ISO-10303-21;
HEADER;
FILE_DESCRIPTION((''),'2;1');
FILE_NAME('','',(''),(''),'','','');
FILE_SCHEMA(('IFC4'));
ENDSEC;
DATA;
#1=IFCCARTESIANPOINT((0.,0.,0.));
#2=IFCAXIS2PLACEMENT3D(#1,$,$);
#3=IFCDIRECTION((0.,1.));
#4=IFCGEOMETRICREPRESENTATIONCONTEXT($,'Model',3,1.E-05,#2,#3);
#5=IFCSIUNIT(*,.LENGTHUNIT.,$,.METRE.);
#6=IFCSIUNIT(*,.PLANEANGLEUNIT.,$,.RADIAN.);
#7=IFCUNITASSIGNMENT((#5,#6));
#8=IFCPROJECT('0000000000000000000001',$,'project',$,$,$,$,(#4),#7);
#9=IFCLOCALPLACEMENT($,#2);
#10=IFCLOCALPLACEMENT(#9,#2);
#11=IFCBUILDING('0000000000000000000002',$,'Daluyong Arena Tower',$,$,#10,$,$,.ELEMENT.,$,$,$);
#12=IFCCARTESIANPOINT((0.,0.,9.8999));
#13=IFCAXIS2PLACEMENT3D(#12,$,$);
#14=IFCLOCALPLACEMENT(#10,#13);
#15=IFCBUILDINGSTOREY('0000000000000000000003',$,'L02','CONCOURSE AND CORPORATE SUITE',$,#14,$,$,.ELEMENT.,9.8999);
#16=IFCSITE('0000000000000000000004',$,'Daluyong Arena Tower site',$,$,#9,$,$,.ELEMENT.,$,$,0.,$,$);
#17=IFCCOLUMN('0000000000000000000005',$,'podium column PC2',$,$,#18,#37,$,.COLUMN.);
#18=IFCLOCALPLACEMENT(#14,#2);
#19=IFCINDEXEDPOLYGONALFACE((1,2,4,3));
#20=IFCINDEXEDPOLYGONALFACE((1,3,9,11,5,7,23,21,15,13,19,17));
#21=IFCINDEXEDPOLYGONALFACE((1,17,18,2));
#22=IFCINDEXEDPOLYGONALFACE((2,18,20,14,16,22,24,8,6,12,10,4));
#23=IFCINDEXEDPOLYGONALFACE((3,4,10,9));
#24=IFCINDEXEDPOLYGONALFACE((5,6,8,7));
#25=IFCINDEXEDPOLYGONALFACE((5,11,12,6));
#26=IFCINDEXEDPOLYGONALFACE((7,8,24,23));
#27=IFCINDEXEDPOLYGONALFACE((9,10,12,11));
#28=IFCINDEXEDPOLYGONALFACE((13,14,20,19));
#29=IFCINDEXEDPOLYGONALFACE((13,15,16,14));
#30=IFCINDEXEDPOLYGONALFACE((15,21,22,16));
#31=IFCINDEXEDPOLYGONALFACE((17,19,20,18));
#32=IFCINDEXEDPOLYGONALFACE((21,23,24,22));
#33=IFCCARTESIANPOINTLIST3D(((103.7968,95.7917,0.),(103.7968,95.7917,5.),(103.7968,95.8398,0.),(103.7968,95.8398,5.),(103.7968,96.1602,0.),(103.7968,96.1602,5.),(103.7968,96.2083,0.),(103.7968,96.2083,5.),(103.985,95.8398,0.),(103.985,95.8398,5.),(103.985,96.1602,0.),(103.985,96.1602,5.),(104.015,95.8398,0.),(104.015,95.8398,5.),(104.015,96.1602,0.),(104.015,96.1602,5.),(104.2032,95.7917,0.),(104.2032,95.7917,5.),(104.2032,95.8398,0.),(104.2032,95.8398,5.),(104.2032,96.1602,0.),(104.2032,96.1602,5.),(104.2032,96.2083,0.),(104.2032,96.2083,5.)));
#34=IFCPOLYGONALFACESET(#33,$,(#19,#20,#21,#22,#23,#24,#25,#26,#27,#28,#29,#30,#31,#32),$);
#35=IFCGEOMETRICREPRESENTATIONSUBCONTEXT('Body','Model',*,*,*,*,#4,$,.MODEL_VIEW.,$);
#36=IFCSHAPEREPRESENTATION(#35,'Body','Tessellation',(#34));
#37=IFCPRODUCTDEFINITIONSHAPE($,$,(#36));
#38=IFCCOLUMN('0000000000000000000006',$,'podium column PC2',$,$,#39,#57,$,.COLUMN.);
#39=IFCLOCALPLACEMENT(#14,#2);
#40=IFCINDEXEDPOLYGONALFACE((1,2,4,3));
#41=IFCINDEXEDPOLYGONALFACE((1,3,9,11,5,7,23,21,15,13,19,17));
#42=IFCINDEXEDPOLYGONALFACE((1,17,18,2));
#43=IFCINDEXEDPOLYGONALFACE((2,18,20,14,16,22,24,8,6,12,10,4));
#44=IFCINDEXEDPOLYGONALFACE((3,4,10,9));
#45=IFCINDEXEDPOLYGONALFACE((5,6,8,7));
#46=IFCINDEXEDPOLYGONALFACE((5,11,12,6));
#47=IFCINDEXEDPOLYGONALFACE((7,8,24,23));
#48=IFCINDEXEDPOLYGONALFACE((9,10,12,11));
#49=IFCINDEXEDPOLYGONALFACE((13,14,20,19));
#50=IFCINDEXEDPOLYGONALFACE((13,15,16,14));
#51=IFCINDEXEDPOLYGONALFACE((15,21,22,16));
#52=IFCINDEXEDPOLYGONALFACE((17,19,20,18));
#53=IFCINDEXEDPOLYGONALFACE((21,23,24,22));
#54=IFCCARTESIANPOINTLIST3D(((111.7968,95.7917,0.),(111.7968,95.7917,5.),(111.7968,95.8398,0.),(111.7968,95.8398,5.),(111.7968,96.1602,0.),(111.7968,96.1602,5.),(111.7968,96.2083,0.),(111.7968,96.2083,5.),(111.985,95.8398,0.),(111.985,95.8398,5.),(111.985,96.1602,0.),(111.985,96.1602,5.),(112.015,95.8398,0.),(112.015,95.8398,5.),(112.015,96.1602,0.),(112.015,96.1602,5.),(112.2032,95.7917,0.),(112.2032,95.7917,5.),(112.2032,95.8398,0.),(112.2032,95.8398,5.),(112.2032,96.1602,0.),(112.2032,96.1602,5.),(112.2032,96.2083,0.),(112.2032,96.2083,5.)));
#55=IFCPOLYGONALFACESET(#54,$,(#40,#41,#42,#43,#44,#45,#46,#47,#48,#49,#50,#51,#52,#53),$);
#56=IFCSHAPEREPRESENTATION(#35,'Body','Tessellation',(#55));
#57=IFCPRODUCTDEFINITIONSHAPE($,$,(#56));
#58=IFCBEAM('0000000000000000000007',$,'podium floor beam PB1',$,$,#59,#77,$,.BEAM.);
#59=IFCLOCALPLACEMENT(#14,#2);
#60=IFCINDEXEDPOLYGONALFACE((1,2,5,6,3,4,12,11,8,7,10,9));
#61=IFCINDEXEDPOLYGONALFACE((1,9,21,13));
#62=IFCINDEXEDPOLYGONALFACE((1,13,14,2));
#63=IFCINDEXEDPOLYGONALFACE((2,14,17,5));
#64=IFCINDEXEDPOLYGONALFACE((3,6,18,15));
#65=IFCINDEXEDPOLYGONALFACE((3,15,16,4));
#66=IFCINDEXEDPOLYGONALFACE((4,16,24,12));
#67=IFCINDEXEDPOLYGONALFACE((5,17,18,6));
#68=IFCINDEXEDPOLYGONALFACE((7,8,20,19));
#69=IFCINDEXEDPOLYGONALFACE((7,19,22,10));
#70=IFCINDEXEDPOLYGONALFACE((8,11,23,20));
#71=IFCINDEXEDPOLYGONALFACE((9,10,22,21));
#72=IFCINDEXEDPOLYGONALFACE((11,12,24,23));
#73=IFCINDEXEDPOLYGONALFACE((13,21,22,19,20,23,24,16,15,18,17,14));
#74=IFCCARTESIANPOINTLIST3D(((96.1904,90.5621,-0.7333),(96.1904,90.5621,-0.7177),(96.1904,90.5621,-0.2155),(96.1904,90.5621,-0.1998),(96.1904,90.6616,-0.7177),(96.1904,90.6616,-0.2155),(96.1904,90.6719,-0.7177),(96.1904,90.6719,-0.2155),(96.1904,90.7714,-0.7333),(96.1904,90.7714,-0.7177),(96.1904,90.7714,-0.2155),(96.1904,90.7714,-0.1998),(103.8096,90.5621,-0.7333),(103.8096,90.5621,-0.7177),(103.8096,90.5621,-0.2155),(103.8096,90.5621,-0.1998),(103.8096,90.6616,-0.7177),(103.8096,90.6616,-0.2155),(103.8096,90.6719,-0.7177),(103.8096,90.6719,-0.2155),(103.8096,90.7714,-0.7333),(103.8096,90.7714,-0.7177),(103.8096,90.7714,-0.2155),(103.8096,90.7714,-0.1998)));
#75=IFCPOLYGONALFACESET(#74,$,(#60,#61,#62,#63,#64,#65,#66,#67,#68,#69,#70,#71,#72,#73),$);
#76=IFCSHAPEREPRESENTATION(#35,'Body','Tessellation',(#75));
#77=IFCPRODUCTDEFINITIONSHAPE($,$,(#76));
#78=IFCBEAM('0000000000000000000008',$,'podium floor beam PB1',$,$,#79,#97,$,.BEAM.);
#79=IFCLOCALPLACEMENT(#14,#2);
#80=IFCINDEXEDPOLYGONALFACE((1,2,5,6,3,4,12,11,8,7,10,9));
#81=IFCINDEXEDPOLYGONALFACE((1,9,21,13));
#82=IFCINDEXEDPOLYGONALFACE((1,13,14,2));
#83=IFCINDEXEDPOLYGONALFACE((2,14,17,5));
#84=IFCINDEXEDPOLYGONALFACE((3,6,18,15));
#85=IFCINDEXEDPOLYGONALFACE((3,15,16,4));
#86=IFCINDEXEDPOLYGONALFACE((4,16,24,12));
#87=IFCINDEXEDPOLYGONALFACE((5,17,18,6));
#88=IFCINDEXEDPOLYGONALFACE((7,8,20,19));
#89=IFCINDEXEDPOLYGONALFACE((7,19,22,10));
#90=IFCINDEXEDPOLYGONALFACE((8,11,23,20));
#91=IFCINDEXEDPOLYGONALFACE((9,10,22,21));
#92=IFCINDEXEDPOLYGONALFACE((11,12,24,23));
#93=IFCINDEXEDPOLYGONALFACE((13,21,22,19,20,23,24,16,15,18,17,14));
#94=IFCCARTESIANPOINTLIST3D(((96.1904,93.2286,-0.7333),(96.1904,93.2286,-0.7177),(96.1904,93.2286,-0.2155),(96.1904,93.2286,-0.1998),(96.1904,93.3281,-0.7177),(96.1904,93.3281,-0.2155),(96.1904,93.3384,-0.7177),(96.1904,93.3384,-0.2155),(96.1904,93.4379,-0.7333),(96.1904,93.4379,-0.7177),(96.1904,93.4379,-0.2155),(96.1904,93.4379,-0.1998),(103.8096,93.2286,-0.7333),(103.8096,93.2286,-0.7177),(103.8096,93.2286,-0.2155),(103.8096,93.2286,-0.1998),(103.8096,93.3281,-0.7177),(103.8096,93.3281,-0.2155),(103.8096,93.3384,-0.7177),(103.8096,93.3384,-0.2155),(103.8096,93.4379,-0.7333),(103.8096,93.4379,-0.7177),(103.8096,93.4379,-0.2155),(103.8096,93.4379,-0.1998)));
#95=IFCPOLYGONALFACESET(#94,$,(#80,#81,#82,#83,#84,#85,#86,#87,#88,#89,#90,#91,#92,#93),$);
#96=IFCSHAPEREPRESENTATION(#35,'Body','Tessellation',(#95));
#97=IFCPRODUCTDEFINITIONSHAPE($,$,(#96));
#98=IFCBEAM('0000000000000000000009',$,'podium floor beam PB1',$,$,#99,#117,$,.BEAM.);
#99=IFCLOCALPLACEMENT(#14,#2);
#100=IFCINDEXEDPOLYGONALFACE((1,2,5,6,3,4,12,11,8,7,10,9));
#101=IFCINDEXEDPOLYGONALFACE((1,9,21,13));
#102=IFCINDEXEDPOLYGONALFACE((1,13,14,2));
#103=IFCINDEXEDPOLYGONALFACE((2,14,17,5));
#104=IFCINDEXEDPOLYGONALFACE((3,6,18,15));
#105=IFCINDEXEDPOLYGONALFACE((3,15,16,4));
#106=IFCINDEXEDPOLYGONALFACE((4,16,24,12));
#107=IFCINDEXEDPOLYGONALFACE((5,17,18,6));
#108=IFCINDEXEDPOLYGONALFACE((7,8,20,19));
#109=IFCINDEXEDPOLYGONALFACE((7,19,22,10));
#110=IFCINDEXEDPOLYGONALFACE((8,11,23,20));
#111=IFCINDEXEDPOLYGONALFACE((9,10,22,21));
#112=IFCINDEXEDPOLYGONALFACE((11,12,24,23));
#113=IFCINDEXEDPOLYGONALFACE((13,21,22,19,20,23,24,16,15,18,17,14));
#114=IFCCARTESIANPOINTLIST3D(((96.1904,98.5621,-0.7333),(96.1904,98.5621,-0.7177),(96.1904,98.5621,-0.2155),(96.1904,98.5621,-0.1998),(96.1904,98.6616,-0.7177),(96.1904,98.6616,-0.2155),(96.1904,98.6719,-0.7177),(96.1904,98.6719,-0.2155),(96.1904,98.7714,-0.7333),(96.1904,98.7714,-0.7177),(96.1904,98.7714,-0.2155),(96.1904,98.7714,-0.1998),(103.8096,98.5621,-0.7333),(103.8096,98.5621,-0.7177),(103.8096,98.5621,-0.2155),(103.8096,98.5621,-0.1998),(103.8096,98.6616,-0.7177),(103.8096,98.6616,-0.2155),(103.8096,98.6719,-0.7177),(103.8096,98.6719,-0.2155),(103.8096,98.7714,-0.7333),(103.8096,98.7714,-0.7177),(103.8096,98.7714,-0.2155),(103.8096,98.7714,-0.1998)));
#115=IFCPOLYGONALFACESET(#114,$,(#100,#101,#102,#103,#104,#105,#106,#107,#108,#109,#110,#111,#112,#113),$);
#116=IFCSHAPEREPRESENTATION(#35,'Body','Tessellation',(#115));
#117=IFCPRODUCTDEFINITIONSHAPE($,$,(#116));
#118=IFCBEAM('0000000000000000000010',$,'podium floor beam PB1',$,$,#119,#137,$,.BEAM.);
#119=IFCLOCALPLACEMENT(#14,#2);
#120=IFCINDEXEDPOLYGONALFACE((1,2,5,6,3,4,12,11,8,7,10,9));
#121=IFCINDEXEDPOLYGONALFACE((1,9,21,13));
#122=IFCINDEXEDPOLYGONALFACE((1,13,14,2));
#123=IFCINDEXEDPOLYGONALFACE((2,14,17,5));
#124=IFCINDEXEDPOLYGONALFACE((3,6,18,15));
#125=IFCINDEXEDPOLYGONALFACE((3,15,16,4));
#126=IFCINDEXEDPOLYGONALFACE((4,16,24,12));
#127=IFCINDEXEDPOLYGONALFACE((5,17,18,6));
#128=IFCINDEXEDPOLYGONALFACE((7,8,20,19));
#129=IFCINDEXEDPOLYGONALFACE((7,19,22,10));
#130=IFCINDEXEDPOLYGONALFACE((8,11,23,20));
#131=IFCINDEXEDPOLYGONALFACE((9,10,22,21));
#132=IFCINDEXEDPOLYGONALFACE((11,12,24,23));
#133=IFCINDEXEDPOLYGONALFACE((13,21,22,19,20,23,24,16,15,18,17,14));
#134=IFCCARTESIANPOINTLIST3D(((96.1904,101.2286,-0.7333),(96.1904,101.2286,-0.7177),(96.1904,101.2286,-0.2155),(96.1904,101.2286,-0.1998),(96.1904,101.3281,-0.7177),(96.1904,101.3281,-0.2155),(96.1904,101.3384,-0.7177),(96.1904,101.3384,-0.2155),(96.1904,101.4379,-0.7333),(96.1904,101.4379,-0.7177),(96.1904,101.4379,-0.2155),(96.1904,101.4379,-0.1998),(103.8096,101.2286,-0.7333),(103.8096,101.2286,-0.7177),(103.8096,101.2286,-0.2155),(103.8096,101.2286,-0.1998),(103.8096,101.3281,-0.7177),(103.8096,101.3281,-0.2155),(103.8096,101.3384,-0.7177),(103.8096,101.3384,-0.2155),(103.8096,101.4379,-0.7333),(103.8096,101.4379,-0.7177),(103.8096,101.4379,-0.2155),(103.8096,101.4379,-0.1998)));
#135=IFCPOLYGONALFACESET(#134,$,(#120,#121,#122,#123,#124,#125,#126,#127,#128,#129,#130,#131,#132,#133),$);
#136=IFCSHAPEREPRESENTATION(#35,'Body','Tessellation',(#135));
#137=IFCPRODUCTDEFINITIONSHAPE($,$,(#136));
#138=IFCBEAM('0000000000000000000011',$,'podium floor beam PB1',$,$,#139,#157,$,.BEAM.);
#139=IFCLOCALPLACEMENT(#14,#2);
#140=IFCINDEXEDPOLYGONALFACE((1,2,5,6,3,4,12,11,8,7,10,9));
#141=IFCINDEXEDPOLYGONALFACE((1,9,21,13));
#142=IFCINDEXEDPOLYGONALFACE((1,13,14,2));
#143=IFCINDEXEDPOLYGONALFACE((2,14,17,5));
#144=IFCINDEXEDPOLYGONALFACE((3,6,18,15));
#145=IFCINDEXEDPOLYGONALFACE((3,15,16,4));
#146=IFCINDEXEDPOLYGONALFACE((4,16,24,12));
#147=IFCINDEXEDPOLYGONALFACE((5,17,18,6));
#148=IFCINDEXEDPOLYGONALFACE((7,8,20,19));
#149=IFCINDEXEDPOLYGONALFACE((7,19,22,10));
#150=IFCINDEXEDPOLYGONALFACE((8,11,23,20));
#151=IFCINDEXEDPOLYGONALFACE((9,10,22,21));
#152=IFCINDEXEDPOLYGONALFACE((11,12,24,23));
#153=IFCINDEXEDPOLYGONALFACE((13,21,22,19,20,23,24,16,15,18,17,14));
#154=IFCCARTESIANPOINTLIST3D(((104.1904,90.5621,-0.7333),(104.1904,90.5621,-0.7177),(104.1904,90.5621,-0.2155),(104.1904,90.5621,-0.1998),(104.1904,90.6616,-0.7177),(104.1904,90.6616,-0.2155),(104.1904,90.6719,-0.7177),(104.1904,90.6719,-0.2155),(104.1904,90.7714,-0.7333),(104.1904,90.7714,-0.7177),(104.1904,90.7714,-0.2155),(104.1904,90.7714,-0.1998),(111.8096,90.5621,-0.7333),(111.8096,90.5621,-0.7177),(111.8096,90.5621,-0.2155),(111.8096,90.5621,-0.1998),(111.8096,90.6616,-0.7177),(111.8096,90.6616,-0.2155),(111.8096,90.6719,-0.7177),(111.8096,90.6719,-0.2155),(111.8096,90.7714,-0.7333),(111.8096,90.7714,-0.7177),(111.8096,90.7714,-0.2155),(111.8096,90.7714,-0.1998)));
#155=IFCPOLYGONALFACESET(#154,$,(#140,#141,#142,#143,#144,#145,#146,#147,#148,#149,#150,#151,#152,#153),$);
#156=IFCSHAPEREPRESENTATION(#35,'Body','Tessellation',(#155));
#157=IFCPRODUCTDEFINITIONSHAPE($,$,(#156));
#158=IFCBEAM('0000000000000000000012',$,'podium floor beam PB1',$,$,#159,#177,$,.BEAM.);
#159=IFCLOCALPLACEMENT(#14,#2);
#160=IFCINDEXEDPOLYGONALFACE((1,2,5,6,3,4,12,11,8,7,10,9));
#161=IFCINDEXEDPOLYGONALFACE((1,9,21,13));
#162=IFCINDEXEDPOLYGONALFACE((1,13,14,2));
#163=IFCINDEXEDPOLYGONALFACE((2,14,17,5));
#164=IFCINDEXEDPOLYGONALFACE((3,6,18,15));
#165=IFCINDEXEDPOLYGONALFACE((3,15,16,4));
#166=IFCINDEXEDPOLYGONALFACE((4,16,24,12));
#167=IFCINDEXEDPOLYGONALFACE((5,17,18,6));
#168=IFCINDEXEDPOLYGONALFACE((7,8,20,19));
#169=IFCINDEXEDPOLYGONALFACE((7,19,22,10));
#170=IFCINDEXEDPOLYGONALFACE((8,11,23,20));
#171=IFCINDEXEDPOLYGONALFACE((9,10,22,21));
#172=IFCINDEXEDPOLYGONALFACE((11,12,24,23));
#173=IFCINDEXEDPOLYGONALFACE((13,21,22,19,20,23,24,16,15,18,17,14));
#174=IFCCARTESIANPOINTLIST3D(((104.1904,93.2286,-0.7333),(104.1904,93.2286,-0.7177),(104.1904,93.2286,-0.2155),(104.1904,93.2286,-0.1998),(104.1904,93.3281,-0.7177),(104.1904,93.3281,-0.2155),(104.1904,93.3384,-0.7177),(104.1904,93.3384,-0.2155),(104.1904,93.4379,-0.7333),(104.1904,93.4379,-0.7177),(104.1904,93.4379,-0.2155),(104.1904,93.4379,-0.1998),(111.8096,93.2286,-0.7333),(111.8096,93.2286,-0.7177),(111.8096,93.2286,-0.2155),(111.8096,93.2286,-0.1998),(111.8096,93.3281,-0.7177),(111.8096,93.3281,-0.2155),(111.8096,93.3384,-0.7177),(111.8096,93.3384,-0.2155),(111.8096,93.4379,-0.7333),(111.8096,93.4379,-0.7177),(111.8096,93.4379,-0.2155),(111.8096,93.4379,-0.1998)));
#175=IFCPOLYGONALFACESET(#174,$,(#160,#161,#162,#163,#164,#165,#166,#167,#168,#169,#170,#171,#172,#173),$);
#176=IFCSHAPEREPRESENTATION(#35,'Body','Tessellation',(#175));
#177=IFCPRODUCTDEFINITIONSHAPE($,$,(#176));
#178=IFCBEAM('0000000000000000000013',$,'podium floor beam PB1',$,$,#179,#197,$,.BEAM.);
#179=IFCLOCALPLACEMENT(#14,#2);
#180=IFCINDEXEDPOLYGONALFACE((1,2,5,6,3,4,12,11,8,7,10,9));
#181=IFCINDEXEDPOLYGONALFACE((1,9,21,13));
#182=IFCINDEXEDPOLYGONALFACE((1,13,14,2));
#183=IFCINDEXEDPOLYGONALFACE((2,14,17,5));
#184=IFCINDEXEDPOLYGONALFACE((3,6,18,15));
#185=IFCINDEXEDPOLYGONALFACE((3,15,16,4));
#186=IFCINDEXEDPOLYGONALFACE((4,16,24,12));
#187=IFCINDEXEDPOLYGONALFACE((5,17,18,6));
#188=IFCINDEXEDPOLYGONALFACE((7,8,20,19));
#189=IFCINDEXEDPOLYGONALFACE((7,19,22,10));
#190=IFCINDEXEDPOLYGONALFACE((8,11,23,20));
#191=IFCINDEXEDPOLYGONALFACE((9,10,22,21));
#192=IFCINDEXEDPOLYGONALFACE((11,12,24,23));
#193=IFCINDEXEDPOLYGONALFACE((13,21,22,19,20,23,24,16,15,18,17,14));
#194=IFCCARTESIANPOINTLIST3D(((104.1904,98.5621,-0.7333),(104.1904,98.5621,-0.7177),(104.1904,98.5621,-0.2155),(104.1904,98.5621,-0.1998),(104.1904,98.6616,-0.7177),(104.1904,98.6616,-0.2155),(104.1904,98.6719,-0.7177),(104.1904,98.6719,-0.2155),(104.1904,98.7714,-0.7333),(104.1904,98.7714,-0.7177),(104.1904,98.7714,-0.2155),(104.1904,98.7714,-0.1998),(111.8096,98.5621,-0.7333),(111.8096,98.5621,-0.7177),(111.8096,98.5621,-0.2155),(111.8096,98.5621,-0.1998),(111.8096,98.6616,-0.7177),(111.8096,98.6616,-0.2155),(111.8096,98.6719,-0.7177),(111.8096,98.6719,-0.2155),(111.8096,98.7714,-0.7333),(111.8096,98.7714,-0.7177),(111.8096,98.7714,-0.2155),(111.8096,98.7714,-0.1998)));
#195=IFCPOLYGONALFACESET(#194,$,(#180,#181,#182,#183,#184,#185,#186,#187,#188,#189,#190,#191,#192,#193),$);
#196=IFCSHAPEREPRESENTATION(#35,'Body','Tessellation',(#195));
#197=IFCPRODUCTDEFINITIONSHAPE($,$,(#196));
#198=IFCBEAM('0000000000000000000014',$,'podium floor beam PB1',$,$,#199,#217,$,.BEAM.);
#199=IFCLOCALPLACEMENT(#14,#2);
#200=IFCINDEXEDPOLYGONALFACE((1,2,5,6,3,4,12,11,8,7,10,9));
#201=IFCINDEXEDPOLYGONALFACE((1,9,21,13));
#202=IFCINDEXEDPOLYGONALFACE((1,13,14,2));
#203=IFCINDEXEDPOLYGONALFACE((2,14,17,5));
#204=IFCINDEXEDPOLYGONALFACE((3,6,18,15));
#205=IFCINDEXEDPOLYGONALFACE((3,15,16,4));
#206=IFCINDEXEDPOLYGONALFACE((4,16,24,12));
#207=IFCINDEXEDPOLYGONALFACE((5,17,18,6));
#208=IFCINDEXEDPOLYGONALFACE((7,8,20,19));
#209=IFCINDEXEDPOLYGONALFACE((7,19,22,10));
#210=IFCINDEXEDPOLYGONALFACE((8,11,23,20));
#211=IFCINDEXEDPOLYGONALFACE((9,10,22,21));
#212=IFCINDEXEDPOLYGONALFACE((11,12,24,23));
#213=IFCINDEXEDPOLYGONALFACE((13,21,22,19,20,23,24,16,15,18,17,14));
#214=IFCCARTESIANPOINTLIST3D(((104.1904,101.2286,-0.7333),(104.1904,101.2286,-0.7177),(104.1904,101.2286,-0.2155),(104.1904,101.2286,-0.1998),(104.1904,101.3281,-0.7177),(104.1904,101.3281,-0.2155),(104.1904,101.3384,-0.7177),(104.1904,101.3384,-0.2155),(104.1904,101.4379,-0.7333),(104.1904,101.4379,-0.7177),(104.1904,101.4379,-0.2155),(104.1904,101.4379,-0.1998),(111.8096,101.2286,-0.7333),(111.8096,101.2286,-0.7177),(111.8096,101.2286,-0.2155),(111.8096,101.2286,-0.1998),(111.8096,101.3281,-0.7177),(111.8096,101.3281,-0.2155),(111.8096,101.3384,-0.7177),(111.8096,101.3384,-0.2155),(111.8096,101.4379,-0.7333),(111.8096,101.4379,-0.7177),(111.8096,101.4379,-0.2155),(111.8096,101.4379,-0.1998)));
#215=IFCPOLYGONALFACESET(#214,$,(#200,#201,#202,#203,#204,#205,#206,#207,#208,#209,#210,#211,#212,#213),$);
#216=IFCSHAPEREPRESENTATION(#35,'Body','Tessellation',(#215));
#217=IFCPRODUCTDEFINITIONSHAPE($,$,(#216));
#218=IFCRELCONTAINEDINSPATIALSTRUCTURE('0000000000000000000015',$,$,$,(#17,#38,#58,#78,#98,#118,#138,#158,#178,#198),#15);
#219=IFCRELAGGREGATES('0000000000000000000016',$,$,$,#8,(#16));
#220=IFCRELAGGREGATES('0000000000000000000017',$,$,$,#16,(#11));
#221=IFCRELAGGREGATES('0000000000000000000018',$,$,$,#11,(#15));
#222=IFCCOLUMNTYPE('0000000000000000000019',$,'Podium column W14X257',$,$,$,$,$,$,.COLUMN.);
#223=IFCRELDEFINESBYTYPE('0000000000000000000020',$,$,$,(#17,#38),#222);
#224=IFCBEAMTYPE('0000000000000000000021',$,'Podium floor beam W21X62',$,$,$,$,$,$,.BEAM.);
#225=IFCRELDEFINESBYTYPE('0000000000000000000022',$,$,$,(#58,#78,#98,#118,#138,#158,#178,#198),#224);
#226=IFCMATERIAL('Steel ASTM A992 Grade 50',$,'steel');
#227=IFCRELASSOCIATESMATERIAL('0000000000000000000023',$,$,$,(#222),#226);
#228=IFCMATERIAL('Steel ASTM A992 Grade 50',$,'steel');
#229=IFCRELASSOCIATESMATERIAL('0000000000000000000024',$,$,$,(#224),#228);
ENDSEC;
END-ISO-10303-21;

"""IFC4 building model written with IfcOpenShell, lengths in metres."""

from ifc_helpers import new_model, si_unit, direction, frame, origin, origin_2d, place, context, subcontext, project, spatial, i_section, extrude, material, material_profile, profile_set, type_object, element, save


model = new_model("IFC4")

# Units and contexts
model_context = context("Model", 3, precision=1e-05, world=origin(), true_north=direction((0.0, 1.0)))
body_context = subcontext(model_context, "Body", "Model", "MODEL_VIEW")
ifc_project = project(units=[si_unit("LENGTHUNIT", "METRE"), si_unit("PLANEANGLEUNIT", "RADIAN")], contexts=[model_context])

# Site, building, storey
site_placement = place(None, origin())
site = spatial("IfcSite", under=ifc_project, at=site_placement, Name="Daluyong Arena Tower site", CompositionType="ELEMENT", RefElevation=0.0)
building_placement = place(site_placement, origin())
building = spatial("IfcBuilding", under=site, at=building_placement, Name="Daluyong Arena Tower", CompositionType="ELEMENT")
storey_placement = place(building_placement, frame((0.0, 0.0, 9.8999)))
storey = spatial("IfcBuildingStorey", under=building, at=storey_placement, Name="L02", Description="CONCOURSE AND CORPORATE SUITE", CompositionType="ELEMENT", Elevation=9.8999)

# Columns
ifc_material_1 = material(Name="Steel ASTM A992 Grade 50", Category="steel")
ifc_material_profile_1 = material_profile(ifc_material_1, i_section(OverallWidth=0.4065, OverallDepth=0.4165, WebThickness=0.03, FlangeThickness=0.0481, at=origin_2d()))
ifc_profile_set_1 = profile_set([ifc_material_profile_1], Name="Steel ASTM A992 Grade 50")
column_type = type_object("IfcColumnType", Name="Podium column W14X257", PredefinedType="COLUMN", material=ifc_profile_set_1)
for number, where, z_axis, x_axis, name in (
    (1, (104.0, 96.0, 0.0), (0.0, 0.0, 1.0), (1.0, 0.0, 0.0), "podium column PC2"),
    (2, (112.0, 96.0, 0.0), (0.0, 0.0, 1.0), (1.0, 0.0, 0.0), "podium column PC2"),
):
    element("IfcColumn", number, at=place(storey_placement, frame(where, z_axis=z_axis, x_axis=x_axis)), inside=storey, type_object=column_type, Name=name, PredefinedType="COLUMN", context=body_context, shape_type="SweptSolid", body=[
        extrude(i_section(OverallWidth=0.4065, OverallDepth=0.4165, WebThickness=0.03, FlangeThickness=0.0481, at=origin_2d()), origin(), (0.0, 0.0, 1.0), 5.0),
    ])

# Beams
ifc_material_2 = material(Name="Steel ASTM A992 Grade 50", Category="steel")
ifc_material_profile_2 = material_profile(ifc_material_2, i_section(OverallWidth=0.2092, OverallDepth=0.5334, WebThickness=0.0103, FlangeThickness=0.0156, at=origin_2d()))
ifc_profile_set_2 = profile_set([ifc_material_profile_2], Name="Steel ASTM A992 Grade 50")
beam_type_1 = type_object("IfcBeamType", Name="Podium floor beam W21X62", PredefinedType="BEAM", material=ifc_profile_set_2)
for number, where, z_axis, x_axis, name in (
    (3, (96.1904, 90.6667, -0.4666), (1.0, 0.0, 0.0), (0.0, 1.0, 0.0), "podium floor beam PB1"),
    (4, (96.1904, 93.3333, -0.4666), (1.0, 0.0, 0.0), (0.0, 1.0, 0.0), "podium floor beam PB1"),
    (5, (96.1904, 98.6667, -0.4666), (1.0, 0.0, 0.0), (0.0, 1.0, 0.0), "podium floor beam PB1"),
    (6, (96.1904, 101.3333, -0.4666), (1.0, 0.0, 0.0), (0.0, 1.0, 0.0), "podium floor beam PB1"),
    (7, (104.1904, 90.6667, -0.4666), (1.0, 0.0, 0.0), (0.0, 1.0, 0.0), "podium floor beam PB1"),
    (8, (104.1904, 93.3333, -0.4666), (1.0, 0.0, 0.0), (0.0, 1.0, 0.0), "podium floor beam PB1"),
    (9, (104.1904, 98.6667, -0.4666), (1.0, 0.0, 0.0), (0.0, 1.0, 0.0), "podium floor beam PB1"),
    (10, (104.1904, 101.3333, -0.4666), (1.0, 0.0, 0.0), (0.0, 1.0, 0.0), "podium floor beam PB1"),
):
    element("IfcBeam", number, at=place(storey_placement, frame(where, z_axis=z_axis, x_axis=x_axis)), inside=storey, type_object=beam_type_1, Name=name, PredefinedType="BEAM", context=body_context, shape_type="SweptSolid", body=[
        extrude(i_section(OverallWidth=0.2092, OverallDepth=0.5334, WebThickness=0.0103, FlangeThickness=0.0156, at=origin_2d()), origin(), (0.0, 0.0, 1.0), 7.6191),
    ])

save(model, "model.ifc")
